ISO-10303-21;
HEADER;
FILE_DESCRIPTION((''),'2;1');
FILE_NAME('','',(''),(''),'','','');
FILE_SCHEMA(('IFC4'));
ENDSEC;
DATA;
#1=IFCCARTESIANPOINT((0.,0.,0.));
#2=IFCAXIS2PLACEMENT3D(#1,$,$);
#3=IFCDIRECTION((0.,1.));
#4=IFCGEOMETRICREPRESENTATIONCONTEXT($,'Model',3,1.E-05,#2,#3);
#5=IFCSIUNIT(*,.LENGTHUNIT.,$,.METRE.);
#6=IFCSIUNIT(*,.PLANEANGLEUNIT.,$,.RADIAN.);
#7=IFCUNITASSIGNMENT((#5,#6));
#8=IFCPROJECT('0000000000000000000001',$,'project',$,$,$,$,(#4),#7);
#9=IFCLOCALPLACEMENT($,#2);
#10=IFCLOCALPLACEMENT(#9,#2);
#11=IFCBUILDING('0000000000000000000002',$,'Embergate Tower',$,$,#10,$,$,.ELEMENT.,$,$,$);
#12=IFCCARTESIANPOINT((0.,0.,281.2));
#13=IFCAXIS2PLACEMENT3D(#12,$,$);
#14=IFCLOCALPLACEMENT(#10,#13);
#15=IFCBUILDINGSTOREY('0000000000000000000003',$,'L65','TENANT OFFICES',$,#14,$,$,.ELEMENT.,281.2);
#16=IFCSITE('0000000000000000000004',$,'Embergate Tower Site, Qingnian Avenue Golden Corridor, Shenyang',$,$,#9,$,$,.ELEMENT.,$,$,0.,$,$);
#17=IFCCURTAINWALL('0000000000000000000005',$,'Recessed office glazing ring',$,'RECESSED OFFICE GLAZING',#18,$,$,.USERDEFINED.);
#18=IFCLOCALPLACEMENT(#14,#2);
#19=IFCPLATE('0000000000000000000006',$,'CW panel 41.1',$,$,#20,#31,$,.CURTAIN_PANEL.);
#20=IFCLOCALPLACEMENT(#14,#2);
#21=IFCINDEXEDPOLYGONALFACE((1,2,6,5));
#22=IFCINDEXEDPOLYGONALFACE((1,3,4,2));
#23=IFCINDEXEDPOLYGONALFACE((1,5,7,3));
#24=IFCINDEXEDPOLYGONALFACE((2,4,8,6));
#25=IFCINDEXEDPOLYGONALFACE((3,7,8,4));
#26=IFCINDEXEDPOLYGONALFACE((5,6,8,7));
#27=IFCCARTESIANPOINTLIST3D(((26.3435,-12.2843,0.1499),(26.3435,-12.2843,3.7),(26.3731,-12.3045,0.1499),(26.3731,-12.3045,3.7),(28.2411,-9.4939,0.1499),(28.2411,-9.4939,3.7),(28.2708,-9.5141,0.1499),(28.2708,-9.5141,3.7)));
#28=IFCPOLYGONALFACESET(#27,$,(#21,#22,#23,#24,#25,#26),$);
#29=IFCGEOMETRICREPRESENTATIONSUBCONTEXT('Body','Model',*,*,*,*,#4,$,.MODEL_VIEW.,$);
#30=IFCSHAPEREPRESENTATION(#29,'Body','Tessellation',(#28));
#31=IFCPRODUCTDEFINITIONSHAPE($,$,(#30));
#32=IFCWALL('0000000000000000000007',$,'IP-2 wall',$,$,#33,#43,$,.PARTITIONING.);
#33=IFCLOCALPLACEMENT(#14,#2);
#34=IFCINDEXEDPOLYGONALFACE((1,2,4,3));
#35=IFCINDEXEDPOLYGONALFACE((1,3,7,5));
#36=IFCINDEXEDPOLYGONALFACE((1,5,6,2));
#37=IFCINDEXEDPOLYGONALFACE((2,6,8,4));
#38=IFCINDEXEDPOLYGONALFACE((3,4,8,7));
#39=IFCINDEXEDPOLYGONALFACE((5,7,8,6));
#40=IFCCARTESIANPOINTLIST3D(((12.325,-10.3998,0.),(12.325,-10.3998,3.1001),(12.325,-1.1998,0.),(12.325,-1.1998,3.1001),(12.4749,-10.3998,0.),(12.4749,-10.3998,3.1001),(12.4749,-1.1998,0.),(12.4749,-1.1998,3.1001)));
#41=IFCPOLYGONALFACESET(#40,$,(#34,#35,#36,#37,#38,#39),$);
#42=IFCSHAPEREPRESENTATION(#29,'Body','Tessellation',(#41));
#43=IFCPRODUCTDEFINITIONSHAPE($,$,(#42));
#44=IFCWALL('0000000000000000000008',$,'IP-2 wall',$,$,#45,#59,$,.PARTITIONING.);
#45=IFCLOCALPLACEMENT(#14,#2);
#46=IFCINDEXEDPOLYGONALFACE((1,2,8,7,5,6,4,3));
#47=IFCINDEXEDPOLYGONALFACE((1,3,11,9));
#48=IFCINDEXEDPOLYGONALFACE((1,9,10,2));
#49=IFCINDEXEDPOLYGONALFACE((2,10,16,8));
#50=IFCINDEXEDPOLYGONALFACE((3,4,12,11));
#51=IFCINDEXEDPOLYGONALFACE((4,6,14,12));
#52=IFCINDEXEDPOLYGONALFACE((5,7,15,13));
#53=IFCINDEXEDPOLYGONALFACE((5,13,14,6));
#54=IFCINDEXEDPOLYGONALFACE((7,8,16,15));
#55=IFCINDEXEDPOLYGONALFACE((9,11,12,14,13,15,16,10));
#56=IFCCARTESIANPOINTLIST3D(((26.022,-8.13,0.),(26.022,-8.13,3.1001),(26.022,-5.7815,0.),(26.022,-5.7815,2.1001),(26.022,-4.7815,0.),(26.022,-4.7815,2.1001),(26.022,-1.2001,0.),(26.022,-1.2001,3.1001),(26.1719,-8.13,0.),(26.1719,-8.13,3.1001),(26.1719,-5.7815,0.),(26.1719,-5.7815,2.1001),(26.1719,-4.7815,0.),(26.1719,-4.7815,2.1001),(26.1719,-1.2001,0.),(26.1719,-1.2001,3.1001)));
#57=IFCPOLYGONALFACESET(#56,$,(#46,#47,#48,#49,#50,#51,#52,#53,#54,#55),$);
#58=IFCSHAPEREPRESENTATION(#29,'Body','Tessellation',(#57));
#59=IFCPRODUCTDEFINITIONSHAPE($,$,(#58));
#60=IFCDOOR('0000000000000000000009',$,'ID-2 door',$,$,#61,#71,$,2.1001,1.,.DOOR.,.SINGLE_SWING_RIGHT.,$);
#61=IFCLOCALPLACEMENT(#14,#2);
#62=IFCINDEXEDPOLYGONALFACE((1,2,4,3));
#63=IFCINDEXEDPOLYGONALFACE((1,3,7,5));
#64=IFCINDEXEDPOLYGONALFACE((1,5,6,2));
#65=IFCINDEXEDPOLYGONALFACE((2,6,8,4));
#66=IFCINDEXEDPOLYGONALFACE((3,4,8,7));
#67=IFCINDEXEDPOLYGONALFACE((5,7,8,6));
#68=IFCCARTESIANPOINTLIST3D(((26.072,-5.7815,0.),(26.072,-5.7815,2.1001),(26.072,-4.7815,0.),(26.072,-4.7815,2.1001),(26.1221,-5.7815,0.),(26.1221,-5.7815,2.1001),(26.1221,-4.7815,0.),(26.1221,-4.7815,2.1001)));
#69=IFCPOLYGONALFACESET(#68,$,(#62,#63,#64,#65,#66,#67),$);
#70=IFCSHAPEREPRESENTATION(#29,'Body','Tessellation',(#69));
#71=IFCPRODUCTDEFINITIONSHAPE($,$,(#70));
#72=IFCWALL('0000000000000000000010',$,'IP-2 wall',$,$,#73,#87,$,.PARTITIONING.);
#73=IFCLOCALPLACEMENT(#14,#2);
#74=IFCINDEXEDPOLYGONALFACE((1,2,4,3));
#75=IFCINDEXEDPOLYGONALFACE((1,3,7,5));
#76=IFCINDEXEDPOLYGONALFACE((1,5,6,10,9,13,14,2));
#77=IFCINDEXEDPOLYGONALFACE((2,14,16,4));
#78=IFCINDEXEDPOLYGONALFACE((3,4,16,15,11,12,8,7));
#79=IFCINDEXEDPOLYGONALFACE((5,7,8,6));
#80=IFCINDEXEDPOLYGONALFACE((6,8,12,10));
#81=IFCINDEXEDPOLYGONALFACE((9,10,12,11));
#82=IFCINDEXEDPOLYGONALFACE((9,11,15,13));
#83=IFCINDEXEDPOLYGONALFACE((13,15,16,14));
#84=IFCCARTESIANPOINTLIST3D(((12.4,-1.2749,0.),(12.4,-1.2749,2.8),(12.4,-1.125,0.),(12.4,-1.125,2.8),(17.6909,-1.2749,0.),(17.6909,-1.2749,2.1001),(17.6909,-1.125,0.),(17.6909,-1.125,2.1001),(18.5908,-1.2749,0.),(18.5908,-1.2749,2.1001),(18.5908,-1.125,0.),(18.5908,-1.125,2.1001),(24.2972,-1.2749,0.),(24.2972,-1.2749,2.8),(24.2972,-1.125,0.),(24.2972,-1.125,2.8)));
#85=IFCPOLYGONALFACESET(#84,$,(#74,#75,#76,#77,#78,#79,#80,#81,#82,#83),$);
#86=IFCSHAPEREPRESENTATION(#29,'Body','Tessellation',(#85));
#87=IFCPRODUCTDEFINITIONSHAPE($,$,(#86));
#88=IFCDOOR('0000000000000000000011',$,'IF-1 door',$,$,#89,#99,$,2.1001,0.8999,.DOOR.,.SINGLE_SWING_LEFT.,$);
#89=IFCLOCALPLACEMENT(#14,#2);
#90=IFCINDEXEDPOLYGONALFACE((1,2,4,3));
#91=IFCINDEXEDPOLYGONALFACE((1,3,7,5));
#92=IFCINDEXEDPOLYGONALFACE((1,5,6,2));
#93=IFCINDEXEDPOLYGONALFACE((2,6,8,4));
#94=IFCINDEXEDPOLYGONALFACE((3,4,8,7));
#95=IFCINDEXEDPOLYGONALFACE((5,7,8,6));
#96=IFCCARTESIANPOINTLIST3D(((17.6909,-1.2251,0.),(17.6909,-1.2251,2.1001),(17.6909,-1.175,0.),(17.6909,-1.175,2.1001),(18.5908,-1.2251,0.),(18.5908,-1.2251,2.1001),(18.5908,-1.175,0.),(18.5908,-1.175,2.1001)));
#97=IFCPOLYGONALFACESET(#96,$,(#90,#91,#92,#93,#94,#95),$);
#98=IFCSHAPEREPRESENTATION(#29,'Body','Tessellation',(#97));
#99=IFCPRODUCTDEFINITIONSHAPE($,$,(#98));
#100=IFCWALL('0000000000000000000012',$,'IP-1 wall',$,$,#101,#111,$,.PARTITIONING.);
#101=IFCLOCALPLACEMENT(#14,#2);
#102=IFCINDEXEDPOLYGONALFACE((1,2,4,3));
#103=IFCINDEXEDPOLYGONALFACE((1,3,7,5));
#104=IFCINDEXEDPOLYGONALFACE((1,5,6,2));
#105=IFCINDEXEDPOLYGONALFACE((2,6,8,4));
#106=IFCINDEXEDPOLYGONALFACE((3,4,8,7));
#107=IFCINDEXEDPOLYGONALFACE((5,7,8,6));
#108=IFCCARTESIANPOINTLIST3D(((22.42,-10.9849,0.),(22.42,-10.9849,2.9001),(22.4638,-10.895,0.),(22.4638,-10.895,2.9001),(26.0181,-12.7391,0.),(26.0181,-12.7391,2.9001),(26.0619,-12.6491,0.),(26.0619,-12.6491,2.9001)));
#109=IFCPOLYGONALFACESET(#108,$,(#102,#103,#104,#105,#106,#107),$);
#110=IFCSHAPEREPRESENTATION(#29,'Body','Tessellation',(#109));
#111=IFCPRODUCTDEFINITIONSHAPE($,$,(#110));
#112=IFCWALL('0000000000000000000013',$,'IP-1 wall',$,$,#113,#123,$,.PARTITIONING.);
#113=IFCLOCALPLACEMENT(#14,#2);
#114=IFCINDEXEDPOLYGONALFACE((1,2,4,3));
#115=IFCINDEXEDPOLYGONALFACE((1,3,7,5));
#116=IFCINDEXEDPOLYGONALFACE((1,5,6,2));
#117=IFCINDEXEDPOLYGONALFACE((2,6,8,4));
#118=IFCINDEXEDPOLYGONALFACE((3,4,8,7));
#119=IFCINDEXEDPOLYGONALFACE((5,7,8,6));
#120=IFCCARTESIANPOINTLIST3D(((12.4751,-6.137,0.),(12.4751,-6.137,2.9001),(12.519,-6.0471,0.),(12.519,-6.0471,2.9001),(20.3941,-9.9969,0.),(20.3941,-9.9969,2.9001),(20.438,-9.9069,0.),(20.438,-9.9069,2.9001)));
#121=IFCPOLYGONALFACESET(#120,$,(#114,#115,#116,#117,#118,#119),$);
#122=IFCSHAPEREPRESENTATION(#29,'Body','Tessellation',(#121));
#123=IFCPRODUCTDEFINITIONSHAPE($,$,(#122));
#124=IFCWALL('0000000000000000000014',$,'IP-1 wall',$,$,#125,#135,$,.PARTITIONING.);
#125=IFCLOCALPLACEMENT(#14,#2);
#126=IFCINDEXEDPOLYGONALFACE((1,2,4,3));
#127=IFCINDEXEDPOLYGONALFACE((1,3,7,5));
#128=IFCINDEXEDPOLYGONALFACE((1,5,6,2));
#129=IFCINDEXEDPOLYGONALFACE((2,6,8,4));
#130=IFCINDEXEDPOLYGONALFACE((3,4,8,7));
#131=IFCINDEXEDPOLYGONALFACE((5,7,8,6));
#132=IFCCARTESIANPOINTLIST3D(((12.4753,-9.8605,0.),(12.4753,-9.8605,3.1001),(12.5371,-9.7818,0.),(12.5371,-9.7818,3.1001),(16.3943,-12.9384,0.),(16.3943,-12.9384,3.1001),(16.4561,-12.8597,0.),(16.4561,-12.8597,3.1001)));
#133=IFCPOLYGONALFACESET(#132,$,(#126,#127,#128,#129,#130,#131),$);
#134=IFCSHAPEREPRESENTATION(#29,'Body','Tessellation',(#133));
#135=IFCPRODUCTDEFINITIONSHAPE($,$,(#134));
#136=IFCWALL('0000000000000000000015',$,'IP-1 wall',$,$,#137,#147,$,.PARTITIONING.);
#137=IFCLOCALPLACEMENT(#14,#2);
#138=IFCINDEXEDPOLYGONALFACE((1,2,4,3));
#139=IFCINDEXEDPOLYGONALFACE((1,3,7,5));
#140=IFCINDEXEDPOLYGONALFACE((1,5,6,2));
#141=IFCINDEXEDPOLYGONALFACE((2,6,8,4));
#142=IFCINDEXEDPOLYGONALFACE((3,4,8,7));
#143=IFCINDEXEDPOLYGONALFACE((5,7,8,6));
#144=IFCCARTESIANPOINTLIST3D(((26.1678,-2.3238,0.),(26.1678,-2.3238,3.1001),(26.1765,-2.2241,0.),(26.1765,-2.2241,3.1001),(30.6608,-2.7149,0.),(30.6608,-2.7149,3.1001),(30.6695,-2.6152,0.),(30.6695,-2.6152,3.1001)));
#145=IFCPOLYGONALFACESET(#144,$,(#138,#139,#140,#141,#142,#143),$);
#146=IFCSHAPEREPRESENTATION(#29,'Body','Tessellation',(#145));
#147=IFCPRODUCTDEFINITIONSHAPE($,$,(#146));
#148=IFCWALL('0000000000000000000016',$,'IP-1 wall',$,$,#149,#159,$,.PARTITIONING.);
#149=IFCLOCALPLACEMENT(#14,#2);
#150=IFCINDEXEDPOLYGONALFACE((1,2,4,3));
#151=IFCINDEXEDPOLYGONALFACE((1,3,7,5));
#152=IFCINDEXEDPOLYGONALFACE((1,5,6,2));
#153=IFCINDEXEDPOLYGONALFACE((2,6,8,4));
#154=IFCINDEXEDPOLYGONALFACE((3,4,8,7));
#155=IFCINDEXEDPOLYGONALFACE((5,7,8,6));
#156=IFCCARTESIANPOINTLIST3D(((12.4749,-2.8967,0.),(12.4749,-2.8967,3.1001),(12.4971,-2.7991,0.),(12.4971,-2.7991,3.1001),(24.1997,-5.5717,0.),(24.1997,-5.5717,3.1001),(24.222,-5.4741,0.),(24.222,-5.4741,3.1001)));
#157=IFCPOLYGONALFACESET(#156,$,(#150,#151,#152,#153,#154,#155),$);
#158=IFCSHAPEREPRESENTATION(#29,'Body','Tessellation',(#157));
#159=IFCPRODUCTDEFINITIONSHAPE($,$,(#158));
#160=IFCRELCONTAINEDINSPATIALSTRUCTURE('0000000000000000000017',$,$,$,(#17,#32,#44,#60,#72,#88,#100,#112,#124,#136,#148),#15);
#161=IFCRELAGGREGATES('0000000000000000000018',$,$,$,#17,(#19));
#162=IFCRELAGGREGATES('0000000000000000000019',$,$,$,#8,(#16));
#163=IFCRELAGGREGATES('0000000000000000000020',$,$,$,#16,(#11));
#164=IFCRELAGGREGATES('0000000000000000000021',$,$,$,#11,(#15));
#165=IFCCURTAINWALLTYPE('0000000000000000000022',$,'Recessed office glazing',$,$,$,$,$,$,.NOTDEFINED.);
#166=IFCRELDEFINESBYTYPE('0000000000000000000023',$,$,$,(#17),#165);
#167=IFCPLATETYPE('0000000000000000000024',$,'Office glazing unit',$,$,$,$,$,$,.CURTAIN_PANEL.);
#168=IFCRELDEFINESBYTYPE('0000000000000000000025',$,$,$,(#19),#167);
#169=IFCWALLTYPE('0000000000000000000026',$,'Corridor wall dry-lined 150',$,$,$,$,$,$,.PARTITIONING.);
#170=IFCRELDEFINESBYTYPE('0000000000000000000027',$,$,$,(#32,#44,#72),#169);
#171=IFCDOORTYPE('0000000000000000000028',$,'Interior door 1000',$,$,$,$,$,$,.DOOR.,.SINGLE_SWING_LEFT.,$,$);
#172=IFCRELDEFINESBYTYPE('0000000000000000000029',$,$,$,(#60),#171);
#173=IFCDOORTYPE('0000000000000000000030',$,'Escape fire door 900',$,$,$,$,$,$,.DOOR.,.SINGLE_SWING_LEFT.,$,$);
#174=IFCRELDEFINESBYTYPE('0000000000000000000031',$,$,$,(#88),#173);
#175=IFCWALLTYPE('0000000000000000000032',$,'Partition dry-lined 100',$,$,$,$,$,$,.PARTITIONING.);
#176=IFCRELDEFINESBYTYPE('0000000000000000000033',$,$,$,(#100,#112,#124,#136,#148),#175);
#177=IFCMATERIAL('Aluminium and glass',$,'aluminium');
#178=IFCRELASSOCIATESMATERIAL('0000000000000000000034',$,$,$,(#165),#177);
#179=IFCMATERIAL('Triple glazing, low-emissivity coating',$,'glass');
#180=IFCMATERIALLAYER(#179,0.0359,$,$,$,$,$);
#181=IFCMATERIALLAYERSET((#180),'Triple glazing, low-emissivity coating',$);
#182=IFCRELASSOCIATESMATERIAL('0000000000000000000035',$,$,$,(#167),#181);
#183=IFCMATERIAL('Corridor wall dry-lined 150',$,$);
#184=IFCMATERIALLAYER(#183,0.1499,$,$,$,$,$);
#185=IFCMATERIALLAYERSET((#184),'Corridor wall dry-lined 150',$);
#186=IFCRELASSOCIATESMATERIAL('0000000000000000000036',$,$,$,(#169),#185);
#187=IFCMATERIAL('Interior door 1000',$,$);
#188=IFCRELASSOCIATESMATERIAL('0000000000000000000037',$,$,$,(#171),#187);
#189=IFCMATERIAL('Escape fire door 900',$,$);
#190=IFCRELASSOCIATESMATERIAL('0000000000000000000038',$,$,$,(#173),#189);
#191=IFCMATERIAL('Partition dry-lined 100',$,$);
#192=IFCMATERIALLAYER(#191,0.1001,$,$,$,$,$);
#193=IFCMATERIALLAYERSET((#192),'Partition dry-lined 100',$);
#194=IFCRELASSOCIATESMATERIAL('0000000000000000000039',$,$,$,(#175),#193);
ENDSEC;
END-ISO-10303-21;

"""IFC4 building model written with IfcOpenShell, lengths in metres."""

from ifc_helpers import new_model, si_unit, direction, frame, frame_2d, origin, origin_2d, place, context, subcontext, project, spatial, rectangle, extrude, source, transform, mapped, material, layer, layer_set, type_object, element, fill, aggregate, save


model = new_model("IFC4")

# Units and contexts
model_context = context("Model", 3, precision=1e-05, world=origin(), true_north=direction((0.0, 1.0)))
body_context = subcontext(model_context, "Body", "Model", "MODEL_VIEW")
ifc_project = project(units=[si_unit("LENGTHUNIT", "METRE"), si_unit("PLANEANGLEUNIT", "RADIAN")], contexts=[model_context])

# Site, building, storey
site_placement = place(None, origin())
site = spatial("IfcSite", under=ifc_project, at=site_placement, Name="Embergate Tower Site, Qingnian Avenue Golden Corridor, Shenyang", CompositionType="ELEMENT", RefElevation=0.0)
building_placement = place(site_placement, origin())
building = spatial("IfcBuilding", under=site, at=building_placement, Name="Embergate Tower", CompositionType="ELEMENT")
storey_placement = place(building_placement, frame((0.0, 0.0, 281.2)))
storey = spatial("IfcBuildingStorey", under=building, at=storey_placement, Name="L65", Description="TENANT OFFICES", CompositionType="ELEMENT", Elevation=281.2)

# Curtain wall, plate
ifc_material_1 = material(Name="Aluminium and glass", Category="aluminium")
curtain_wall_type = type_object("IfcCurtainWallType", Name="Recessed office glazing", PredefinedType="NOTDEFINED", material=ifc_material_1)
curtain_wall_placement = place(storey_placement, origin())
curtain_wall = element("IfcCurtainWall", 1, at=curtain_wall_placement, inside=storey, type_object=curtain_wall_type, Name="Recessed office glazing ring", ObjectType="RECESSED OFFICE GLAZING", PredefinedType="USERDEFINED")
ifc_material_2 = material(Name="Triple glazing, low-emissivity coating", Category="glass")
ifc_layer_1 = layer(ifc_material_2, 0.0359)
ifc_layer_set_1 = layer_set([ifc_layer_1], Name="Triple glazing, low-emissivity coating")
plate_type = type_object("IfcPlateType", Name="Office glazing unit", PredefinedType="CURTAIN_PANEL", material=ifc_layer_set_1)
shared_shape_1 = source(origin(), body_context, "Body", "SweptSolid", [
    extrude(rectangle(XDim=3.3745, YDim=0.0359, at=origin_2d()), origin(), (0.0, 0.0, 1.0), 3.55),
])
plate_1_placement = place(storey_placement, frame((27.3071, -10.8992, 0.1499), z_axis=(0.0, 0.0, 1.0), x_axis=(0.562348, 0.826901, 0.0)))
plate_1 = element("IfcPlate", 2, at=plate_1_placement, type_object=plate_type, Name="CW panel 41.1", PredefinedType="CURTAIN_PANEL", context=body_context, shape_type="MappedRepresentation", body=[
    mapped(shared_shape_1, transform((0.0, 0.0, 0.0))),
])
aggregate(curtain_wall, [plate_1])

# Wall
ifc_material_3 = material(Name="Corridor wall dry-lined 150")
ifc_layer_2 = layer(ifc_material_3, 0.1499)
ifc_layer_set_2 = layer_set([ifc_layer_2], Name="Corridor wall dry-lined 150")
wall_type_1 = type_object("IfcWallType", Name="Corridor wall dry-lined 150", PredefinedType="PARTITIONING", material=ifc_layer_set_2)
shared_shape_2 = source(origin(), body_context, "Body", "SweptSolid", [
    extrude(rectangle(XDim=9.2, YDim=0.1499, at=frame_2d((4.6001, 0.0))), origin(), (0.0, 0.0, 1.0), 3.1001),
])
wall_1_placement = place(storey_placement, frame((12.3999, -10.3999, 0.0), z_axis=(0.0, 0.0, 1.0), x_axis=(0.0, 1.0, 0.0)))
element("IfcWall", 3, at=wall_1_placement, inside=storey, type_object=wall_type_1, Name="IP-2 wall", PredefinedType="PARTITIONING", context=body_context, shape_type="MappedRepresentation", body=[
    mapped(shared_shape_2, transform((0.0, 0.0, 0.0))),
])

# Walls, openings, doors
shared_shape_3 = source(origin(), body_context, "Body", "SweptSolid", [
    extrude(rectangle(XDim=6.9299, YDim=0.1499, at=frame_2d((3.4648, 0.0))), origin(), (0.0, 0.0, 1.0), 3.1001),
])
wall_2_placement = place(storey_placement, frame((26.0969, -8.1299, 0.0), z_axis=(0.0, 0.0, 1.0), x_axis=(0.0, 1.0, 0.0)))
wall_2 = element("IfcWall", 4, at=wall_2_placement, inside=storey, type_object=wall_type_1, Name="IP-2 wall", PredefinedType="PARTITIONING", context=body_context, shape_type="MappedRepresentation", body=[
    mapped(shared_shape_3, transform((0.0, 0.0, 0.0))),
])
shared_shape_4 = source(origin(), body_context, "Body", "SweptSolid", [
    extrude(rectangle(XDim=1.0, YDim=2.1001, at=frame_2d((0.5, 1.05))), frame((0.0, 0.085, 0.0), z_axis=(0.0, -1.0, 0.0), x_axis=(1.0, 0.0, 0.0)), (0.0, 0.0, 1.0), 0.1699),
])
opening_1_placement = place(wall_2_placement, frame((2.3484, 0.0, 0.0)))
opening_1 = element("IfcOpeningElement", 5, at=opening_1_placement, cuts=wall_2, PredefinedType="OPENING", context=body_context, shape_type="MappedRepresentation", body=[
    mapped(shared_shape_4, transform((0.0, 0.0, 0.0))),
])
ifc_material_4 = material(Name="Interior door 1000")
door_type_1 = type_object("IfcDoorType", Name="Interior door 1000", OperationType="SINGLE_SWING_LEFT", PredefinedType="DOOR", material=ifc_material_4)
shared_shape_5 = source(origin(), body_context, "Body", "SweptSolid", [
    extrude(rectangle(XDim=1.0, YDim=2.1001, at=frame_2d((0.5, 1.05))), frame((0.0, 0.0249, 0.0), z_axis=(0.0, -1.0, 0.0), x_axis=(1.0, 0.0, 0.0)), (0.0, 0.0, 1.0), 0.05),
])
door_1_placement = place(opening_1_placement, origin())
door_1 = element("IfcDoor", 6, at=door_1_placement, inside=storey, type_object=door_type_1, Name="ID-2 door", OperationType="SINGLE_SWING_RIGHT", OverallHeight=2.1001, OverallWidth=1.0, PredefinedType="DOOR", context=body_context, shape_type="MappedRepresentation", body=[
    mapped(shared_shape_5, transform((0.0, 0.0, 0.0))),
])
fill(opening_1, door_1)
shared_shape_6 = source(origin(), body_context, "Body", "SweptSolid", [
    extrude(rectangle(XDim=11.8972, YDim=0.1499, at=frame_2d((5.9487, 0.0))), origin(), (0.0, 0.0, 1.0), 2.8),
])
wall_3_placement = place(storey_placement, frame((12.3999, -1.2, 0.0), z_axis=(0.0, 0.0, 1.0), x_axis=(1.0, 0.0, 0.0)))
wall_3 = element("IfcWall", 7, at=wall_3_placement, inside=storey, type_object=wall_type_1, Name="IP-2 wall", PredefinedType="PARTITIONING", context=body_context, shape_type="MappedRepresentation", body=[
    mapped(shared_shape_6, transform((0.0, 0.0, 0.0))),
])
shared_shape_7 = source(origin(), body_context, "Body", "SweptSolid", [
    extrude(rectangle(XDim=0.8999, YDim=2.1001, at=frame_2d((0.45, 1.05))), frame((0.0, 0.085, 0.0), z_axis=(0.0, -1.0, 0.0), x_axis=(1.0, 0.0, 0.0)), (0.0, 0.0, 1.0), 0.1699),
])
opening_2_placement = place(wall_3_placement, frame((5.291, 0.0, 0.0)))
opening_2 = element("IfcOpeningElement", 8, at=opening_2_placement, cuts=wall_3, PredefinedType="OPENING", context=body_context, shape_type="MappedRepresentation", body=[
    mapped(shared_shape_7, transform((0.0, 0.0, 0.0))),
])
ifc_material_5 = material(Name="Escape fire door 900")
door_type_2 = type_object("IfcDoorType", Name="Escape fire door 900", OperationType="SINGLE_SWING_LEFT", PredefinedType="DOOR", material=ifc_material_5)
shared_shape_8 = source(origin(), body_context, "Body", "SweptSolid", [
    extrude(rectangle(XDim=0.8999, YDim=2.1001, at=frame_2d((0.45, 1.05))), frame((0.0, 0.0249, 0.0), z_axis=(0.0, -1.0, 0.0), x_axis=(1.0, 0.0, 0.0)), (0.0, 0.0, 1.0), 0.05),
])
door_2_placement = place(opening_2_placement, origin())
door_2 = element("IfcDoor", 9, at=door_2_placement, inside=storey, type_object=door_type_2, Name="IF-1 door", OperationType="SINGLE_SWING_LEFT", OverallHeight=2.1001, OverallWidth=0.8999, PredefinedType="DOOR", context=body_context, shape_type="MappedRepresentation", body=[
    mapped(shared_shape_8, transform((0.0, 0.0, 0.0))),
])
fill(opening_2, door_2)

# Walls
ifc_material_6 = material(Name="Partition dry-lined 100")
ifc_layer_3 = layer(ifc_material_6, 0.1001)
ifc_layer_set_3 = layer_set([ifc_layer_3], Name="Partition dry-lined 100")
wall_type_2 = type_object("IfcWallType", Name="Partition dry-lined 100", PredefinedType="PARTITIONING", material=ifc_layer_set_3)
shared_shape_9 = source(origin(), body_context, "Body", "SweptSolid", [
    extrude(rectangle(XDim=4.0029, YDim=0.1001, at=frame_2d((2.0015, 0.0))), origin(), (0.0, 0.0, 1.0), 2.9001),
])
wall_4_placement = place(storey_placement, frame((22.4419, -10.9399, 0.0), z_axis=(0.0, 0.0, 1.0), x_axis=(0.898871, -0.438213, 0.0)))
element("IfcWall", 10, at=wall_4_placement, inside=storey, type_object=wall_type_2, Name="IP-1 wall", PredefinedType="PARTITIONING", context=body_context, shape_type="MappedRepresentation", body=[
    mapped(shared_shape_9, transform((0.0, 0.0, 0.0))),
])
shared_shape_10 = source(origin(), body_context, "Body", "SweptSolid", [
    extrude(rectangle(XDim=8.8096, YDim=0.1001, at=frame_2d((4.4048, 0.0))), origin(), (0.0, 0.0, 1.0), 2.9001),
])
wall_5_placement = place(storey_placement, frame((12.4971, -6.092, 0.0), z_axis=(0.0, 0.0, 1.0), x_axis=(0.898904, -0.438145, 0.0)))
element("IfcWall", 11, at=wall_5_placement, inside=storey, type_object=wall_type_2, Name="IP-1 wall", PredefinedType="PARTITIONING", context=body_context, shape_type="MappedRepresentation", body=[
    mapped(shared_shape_10, transform((0.0, 0.0, 0.0))),
])
shared_shape_11 = source(origin(), body_context, "Body", "SweptSolid", [
    extrude(rectangle(XDim=4.9832, YDim=0.1001, at=frame_2d((2.4917, 0.0))), origin(), (0.0, 0.0, 1.0), 3.1001),
])
wall_6_placement = place(storey_placement, frame((12.5061, -9.821, 0.0), z_axis=(0.0, 0.0, 1.0), x_axis=(0.786444, -0.617661, 0.0)))
element("IfcWall", 12, at=wall_6_placement, inside=storey, type_object=wall_type_2, Name="IP-1 wall", PredefinedType="PARTITIONING", context=body_context, shape_type="MappedRepresentation", body=[
    mapped(shared_shape_11, transform((0.0, 0.0, 0.0))),
])
shared_shape_12 = source(origin(), body_context, "Body", "SweptSolid", [
    extrude(rectangle(XDim=4.51, YDim=0.1001, at=frame_2d((2.2549, 0.0))), origin(), (0.0, 0.0, 1.0), 3.1001),
])
wall_7_placement = place(storey_placement, frame((30.665, -2.665, 0.0), z_axis=(0.0, 0.0, 1.0), x_axis=(-0.996232, 0.086723, 0.0)))
element("IfcWall", 13, at=wall_7_placement, inside=storey, type_object=wall_type_2, Name="IP-1 wall", PredefinedType="PARTITIONING", context=body_context, shape_type="MappedRepresentation", body=[
    mapped(shared_shape_12, transform((0.0, 0.0, 0.0))),
])
shared_shape_13 = source(origin(), body_context, "Body", "SweptSolid", [
    extrude(rectangle(XDim=12.0261, YDim=0.1001, at=frame_2d((6.0132, 0.0))), origin(), (0.0, 0.0, 1.0), 3.1001),
])
wall_8_placement = place(storey_placement, frame((24.2109, -5.5229, 0.0), z_axis=(0.0, 0.0, 1.0), x_axis=(-0.974947, 0.222436, 0.0)))
element("IfcWall", 14, at=wall_8_placement, inside=storey, type_object=wall_type_2, Name="IP-1 wall", PredefinedType="PARTITIONING", context=body_context, shape_type="MappedRepresentation", body=[
    mapped(shared_shape_13, transform((0.0, 0.0, 0.0))),
])

save(model, "model.ifc")
